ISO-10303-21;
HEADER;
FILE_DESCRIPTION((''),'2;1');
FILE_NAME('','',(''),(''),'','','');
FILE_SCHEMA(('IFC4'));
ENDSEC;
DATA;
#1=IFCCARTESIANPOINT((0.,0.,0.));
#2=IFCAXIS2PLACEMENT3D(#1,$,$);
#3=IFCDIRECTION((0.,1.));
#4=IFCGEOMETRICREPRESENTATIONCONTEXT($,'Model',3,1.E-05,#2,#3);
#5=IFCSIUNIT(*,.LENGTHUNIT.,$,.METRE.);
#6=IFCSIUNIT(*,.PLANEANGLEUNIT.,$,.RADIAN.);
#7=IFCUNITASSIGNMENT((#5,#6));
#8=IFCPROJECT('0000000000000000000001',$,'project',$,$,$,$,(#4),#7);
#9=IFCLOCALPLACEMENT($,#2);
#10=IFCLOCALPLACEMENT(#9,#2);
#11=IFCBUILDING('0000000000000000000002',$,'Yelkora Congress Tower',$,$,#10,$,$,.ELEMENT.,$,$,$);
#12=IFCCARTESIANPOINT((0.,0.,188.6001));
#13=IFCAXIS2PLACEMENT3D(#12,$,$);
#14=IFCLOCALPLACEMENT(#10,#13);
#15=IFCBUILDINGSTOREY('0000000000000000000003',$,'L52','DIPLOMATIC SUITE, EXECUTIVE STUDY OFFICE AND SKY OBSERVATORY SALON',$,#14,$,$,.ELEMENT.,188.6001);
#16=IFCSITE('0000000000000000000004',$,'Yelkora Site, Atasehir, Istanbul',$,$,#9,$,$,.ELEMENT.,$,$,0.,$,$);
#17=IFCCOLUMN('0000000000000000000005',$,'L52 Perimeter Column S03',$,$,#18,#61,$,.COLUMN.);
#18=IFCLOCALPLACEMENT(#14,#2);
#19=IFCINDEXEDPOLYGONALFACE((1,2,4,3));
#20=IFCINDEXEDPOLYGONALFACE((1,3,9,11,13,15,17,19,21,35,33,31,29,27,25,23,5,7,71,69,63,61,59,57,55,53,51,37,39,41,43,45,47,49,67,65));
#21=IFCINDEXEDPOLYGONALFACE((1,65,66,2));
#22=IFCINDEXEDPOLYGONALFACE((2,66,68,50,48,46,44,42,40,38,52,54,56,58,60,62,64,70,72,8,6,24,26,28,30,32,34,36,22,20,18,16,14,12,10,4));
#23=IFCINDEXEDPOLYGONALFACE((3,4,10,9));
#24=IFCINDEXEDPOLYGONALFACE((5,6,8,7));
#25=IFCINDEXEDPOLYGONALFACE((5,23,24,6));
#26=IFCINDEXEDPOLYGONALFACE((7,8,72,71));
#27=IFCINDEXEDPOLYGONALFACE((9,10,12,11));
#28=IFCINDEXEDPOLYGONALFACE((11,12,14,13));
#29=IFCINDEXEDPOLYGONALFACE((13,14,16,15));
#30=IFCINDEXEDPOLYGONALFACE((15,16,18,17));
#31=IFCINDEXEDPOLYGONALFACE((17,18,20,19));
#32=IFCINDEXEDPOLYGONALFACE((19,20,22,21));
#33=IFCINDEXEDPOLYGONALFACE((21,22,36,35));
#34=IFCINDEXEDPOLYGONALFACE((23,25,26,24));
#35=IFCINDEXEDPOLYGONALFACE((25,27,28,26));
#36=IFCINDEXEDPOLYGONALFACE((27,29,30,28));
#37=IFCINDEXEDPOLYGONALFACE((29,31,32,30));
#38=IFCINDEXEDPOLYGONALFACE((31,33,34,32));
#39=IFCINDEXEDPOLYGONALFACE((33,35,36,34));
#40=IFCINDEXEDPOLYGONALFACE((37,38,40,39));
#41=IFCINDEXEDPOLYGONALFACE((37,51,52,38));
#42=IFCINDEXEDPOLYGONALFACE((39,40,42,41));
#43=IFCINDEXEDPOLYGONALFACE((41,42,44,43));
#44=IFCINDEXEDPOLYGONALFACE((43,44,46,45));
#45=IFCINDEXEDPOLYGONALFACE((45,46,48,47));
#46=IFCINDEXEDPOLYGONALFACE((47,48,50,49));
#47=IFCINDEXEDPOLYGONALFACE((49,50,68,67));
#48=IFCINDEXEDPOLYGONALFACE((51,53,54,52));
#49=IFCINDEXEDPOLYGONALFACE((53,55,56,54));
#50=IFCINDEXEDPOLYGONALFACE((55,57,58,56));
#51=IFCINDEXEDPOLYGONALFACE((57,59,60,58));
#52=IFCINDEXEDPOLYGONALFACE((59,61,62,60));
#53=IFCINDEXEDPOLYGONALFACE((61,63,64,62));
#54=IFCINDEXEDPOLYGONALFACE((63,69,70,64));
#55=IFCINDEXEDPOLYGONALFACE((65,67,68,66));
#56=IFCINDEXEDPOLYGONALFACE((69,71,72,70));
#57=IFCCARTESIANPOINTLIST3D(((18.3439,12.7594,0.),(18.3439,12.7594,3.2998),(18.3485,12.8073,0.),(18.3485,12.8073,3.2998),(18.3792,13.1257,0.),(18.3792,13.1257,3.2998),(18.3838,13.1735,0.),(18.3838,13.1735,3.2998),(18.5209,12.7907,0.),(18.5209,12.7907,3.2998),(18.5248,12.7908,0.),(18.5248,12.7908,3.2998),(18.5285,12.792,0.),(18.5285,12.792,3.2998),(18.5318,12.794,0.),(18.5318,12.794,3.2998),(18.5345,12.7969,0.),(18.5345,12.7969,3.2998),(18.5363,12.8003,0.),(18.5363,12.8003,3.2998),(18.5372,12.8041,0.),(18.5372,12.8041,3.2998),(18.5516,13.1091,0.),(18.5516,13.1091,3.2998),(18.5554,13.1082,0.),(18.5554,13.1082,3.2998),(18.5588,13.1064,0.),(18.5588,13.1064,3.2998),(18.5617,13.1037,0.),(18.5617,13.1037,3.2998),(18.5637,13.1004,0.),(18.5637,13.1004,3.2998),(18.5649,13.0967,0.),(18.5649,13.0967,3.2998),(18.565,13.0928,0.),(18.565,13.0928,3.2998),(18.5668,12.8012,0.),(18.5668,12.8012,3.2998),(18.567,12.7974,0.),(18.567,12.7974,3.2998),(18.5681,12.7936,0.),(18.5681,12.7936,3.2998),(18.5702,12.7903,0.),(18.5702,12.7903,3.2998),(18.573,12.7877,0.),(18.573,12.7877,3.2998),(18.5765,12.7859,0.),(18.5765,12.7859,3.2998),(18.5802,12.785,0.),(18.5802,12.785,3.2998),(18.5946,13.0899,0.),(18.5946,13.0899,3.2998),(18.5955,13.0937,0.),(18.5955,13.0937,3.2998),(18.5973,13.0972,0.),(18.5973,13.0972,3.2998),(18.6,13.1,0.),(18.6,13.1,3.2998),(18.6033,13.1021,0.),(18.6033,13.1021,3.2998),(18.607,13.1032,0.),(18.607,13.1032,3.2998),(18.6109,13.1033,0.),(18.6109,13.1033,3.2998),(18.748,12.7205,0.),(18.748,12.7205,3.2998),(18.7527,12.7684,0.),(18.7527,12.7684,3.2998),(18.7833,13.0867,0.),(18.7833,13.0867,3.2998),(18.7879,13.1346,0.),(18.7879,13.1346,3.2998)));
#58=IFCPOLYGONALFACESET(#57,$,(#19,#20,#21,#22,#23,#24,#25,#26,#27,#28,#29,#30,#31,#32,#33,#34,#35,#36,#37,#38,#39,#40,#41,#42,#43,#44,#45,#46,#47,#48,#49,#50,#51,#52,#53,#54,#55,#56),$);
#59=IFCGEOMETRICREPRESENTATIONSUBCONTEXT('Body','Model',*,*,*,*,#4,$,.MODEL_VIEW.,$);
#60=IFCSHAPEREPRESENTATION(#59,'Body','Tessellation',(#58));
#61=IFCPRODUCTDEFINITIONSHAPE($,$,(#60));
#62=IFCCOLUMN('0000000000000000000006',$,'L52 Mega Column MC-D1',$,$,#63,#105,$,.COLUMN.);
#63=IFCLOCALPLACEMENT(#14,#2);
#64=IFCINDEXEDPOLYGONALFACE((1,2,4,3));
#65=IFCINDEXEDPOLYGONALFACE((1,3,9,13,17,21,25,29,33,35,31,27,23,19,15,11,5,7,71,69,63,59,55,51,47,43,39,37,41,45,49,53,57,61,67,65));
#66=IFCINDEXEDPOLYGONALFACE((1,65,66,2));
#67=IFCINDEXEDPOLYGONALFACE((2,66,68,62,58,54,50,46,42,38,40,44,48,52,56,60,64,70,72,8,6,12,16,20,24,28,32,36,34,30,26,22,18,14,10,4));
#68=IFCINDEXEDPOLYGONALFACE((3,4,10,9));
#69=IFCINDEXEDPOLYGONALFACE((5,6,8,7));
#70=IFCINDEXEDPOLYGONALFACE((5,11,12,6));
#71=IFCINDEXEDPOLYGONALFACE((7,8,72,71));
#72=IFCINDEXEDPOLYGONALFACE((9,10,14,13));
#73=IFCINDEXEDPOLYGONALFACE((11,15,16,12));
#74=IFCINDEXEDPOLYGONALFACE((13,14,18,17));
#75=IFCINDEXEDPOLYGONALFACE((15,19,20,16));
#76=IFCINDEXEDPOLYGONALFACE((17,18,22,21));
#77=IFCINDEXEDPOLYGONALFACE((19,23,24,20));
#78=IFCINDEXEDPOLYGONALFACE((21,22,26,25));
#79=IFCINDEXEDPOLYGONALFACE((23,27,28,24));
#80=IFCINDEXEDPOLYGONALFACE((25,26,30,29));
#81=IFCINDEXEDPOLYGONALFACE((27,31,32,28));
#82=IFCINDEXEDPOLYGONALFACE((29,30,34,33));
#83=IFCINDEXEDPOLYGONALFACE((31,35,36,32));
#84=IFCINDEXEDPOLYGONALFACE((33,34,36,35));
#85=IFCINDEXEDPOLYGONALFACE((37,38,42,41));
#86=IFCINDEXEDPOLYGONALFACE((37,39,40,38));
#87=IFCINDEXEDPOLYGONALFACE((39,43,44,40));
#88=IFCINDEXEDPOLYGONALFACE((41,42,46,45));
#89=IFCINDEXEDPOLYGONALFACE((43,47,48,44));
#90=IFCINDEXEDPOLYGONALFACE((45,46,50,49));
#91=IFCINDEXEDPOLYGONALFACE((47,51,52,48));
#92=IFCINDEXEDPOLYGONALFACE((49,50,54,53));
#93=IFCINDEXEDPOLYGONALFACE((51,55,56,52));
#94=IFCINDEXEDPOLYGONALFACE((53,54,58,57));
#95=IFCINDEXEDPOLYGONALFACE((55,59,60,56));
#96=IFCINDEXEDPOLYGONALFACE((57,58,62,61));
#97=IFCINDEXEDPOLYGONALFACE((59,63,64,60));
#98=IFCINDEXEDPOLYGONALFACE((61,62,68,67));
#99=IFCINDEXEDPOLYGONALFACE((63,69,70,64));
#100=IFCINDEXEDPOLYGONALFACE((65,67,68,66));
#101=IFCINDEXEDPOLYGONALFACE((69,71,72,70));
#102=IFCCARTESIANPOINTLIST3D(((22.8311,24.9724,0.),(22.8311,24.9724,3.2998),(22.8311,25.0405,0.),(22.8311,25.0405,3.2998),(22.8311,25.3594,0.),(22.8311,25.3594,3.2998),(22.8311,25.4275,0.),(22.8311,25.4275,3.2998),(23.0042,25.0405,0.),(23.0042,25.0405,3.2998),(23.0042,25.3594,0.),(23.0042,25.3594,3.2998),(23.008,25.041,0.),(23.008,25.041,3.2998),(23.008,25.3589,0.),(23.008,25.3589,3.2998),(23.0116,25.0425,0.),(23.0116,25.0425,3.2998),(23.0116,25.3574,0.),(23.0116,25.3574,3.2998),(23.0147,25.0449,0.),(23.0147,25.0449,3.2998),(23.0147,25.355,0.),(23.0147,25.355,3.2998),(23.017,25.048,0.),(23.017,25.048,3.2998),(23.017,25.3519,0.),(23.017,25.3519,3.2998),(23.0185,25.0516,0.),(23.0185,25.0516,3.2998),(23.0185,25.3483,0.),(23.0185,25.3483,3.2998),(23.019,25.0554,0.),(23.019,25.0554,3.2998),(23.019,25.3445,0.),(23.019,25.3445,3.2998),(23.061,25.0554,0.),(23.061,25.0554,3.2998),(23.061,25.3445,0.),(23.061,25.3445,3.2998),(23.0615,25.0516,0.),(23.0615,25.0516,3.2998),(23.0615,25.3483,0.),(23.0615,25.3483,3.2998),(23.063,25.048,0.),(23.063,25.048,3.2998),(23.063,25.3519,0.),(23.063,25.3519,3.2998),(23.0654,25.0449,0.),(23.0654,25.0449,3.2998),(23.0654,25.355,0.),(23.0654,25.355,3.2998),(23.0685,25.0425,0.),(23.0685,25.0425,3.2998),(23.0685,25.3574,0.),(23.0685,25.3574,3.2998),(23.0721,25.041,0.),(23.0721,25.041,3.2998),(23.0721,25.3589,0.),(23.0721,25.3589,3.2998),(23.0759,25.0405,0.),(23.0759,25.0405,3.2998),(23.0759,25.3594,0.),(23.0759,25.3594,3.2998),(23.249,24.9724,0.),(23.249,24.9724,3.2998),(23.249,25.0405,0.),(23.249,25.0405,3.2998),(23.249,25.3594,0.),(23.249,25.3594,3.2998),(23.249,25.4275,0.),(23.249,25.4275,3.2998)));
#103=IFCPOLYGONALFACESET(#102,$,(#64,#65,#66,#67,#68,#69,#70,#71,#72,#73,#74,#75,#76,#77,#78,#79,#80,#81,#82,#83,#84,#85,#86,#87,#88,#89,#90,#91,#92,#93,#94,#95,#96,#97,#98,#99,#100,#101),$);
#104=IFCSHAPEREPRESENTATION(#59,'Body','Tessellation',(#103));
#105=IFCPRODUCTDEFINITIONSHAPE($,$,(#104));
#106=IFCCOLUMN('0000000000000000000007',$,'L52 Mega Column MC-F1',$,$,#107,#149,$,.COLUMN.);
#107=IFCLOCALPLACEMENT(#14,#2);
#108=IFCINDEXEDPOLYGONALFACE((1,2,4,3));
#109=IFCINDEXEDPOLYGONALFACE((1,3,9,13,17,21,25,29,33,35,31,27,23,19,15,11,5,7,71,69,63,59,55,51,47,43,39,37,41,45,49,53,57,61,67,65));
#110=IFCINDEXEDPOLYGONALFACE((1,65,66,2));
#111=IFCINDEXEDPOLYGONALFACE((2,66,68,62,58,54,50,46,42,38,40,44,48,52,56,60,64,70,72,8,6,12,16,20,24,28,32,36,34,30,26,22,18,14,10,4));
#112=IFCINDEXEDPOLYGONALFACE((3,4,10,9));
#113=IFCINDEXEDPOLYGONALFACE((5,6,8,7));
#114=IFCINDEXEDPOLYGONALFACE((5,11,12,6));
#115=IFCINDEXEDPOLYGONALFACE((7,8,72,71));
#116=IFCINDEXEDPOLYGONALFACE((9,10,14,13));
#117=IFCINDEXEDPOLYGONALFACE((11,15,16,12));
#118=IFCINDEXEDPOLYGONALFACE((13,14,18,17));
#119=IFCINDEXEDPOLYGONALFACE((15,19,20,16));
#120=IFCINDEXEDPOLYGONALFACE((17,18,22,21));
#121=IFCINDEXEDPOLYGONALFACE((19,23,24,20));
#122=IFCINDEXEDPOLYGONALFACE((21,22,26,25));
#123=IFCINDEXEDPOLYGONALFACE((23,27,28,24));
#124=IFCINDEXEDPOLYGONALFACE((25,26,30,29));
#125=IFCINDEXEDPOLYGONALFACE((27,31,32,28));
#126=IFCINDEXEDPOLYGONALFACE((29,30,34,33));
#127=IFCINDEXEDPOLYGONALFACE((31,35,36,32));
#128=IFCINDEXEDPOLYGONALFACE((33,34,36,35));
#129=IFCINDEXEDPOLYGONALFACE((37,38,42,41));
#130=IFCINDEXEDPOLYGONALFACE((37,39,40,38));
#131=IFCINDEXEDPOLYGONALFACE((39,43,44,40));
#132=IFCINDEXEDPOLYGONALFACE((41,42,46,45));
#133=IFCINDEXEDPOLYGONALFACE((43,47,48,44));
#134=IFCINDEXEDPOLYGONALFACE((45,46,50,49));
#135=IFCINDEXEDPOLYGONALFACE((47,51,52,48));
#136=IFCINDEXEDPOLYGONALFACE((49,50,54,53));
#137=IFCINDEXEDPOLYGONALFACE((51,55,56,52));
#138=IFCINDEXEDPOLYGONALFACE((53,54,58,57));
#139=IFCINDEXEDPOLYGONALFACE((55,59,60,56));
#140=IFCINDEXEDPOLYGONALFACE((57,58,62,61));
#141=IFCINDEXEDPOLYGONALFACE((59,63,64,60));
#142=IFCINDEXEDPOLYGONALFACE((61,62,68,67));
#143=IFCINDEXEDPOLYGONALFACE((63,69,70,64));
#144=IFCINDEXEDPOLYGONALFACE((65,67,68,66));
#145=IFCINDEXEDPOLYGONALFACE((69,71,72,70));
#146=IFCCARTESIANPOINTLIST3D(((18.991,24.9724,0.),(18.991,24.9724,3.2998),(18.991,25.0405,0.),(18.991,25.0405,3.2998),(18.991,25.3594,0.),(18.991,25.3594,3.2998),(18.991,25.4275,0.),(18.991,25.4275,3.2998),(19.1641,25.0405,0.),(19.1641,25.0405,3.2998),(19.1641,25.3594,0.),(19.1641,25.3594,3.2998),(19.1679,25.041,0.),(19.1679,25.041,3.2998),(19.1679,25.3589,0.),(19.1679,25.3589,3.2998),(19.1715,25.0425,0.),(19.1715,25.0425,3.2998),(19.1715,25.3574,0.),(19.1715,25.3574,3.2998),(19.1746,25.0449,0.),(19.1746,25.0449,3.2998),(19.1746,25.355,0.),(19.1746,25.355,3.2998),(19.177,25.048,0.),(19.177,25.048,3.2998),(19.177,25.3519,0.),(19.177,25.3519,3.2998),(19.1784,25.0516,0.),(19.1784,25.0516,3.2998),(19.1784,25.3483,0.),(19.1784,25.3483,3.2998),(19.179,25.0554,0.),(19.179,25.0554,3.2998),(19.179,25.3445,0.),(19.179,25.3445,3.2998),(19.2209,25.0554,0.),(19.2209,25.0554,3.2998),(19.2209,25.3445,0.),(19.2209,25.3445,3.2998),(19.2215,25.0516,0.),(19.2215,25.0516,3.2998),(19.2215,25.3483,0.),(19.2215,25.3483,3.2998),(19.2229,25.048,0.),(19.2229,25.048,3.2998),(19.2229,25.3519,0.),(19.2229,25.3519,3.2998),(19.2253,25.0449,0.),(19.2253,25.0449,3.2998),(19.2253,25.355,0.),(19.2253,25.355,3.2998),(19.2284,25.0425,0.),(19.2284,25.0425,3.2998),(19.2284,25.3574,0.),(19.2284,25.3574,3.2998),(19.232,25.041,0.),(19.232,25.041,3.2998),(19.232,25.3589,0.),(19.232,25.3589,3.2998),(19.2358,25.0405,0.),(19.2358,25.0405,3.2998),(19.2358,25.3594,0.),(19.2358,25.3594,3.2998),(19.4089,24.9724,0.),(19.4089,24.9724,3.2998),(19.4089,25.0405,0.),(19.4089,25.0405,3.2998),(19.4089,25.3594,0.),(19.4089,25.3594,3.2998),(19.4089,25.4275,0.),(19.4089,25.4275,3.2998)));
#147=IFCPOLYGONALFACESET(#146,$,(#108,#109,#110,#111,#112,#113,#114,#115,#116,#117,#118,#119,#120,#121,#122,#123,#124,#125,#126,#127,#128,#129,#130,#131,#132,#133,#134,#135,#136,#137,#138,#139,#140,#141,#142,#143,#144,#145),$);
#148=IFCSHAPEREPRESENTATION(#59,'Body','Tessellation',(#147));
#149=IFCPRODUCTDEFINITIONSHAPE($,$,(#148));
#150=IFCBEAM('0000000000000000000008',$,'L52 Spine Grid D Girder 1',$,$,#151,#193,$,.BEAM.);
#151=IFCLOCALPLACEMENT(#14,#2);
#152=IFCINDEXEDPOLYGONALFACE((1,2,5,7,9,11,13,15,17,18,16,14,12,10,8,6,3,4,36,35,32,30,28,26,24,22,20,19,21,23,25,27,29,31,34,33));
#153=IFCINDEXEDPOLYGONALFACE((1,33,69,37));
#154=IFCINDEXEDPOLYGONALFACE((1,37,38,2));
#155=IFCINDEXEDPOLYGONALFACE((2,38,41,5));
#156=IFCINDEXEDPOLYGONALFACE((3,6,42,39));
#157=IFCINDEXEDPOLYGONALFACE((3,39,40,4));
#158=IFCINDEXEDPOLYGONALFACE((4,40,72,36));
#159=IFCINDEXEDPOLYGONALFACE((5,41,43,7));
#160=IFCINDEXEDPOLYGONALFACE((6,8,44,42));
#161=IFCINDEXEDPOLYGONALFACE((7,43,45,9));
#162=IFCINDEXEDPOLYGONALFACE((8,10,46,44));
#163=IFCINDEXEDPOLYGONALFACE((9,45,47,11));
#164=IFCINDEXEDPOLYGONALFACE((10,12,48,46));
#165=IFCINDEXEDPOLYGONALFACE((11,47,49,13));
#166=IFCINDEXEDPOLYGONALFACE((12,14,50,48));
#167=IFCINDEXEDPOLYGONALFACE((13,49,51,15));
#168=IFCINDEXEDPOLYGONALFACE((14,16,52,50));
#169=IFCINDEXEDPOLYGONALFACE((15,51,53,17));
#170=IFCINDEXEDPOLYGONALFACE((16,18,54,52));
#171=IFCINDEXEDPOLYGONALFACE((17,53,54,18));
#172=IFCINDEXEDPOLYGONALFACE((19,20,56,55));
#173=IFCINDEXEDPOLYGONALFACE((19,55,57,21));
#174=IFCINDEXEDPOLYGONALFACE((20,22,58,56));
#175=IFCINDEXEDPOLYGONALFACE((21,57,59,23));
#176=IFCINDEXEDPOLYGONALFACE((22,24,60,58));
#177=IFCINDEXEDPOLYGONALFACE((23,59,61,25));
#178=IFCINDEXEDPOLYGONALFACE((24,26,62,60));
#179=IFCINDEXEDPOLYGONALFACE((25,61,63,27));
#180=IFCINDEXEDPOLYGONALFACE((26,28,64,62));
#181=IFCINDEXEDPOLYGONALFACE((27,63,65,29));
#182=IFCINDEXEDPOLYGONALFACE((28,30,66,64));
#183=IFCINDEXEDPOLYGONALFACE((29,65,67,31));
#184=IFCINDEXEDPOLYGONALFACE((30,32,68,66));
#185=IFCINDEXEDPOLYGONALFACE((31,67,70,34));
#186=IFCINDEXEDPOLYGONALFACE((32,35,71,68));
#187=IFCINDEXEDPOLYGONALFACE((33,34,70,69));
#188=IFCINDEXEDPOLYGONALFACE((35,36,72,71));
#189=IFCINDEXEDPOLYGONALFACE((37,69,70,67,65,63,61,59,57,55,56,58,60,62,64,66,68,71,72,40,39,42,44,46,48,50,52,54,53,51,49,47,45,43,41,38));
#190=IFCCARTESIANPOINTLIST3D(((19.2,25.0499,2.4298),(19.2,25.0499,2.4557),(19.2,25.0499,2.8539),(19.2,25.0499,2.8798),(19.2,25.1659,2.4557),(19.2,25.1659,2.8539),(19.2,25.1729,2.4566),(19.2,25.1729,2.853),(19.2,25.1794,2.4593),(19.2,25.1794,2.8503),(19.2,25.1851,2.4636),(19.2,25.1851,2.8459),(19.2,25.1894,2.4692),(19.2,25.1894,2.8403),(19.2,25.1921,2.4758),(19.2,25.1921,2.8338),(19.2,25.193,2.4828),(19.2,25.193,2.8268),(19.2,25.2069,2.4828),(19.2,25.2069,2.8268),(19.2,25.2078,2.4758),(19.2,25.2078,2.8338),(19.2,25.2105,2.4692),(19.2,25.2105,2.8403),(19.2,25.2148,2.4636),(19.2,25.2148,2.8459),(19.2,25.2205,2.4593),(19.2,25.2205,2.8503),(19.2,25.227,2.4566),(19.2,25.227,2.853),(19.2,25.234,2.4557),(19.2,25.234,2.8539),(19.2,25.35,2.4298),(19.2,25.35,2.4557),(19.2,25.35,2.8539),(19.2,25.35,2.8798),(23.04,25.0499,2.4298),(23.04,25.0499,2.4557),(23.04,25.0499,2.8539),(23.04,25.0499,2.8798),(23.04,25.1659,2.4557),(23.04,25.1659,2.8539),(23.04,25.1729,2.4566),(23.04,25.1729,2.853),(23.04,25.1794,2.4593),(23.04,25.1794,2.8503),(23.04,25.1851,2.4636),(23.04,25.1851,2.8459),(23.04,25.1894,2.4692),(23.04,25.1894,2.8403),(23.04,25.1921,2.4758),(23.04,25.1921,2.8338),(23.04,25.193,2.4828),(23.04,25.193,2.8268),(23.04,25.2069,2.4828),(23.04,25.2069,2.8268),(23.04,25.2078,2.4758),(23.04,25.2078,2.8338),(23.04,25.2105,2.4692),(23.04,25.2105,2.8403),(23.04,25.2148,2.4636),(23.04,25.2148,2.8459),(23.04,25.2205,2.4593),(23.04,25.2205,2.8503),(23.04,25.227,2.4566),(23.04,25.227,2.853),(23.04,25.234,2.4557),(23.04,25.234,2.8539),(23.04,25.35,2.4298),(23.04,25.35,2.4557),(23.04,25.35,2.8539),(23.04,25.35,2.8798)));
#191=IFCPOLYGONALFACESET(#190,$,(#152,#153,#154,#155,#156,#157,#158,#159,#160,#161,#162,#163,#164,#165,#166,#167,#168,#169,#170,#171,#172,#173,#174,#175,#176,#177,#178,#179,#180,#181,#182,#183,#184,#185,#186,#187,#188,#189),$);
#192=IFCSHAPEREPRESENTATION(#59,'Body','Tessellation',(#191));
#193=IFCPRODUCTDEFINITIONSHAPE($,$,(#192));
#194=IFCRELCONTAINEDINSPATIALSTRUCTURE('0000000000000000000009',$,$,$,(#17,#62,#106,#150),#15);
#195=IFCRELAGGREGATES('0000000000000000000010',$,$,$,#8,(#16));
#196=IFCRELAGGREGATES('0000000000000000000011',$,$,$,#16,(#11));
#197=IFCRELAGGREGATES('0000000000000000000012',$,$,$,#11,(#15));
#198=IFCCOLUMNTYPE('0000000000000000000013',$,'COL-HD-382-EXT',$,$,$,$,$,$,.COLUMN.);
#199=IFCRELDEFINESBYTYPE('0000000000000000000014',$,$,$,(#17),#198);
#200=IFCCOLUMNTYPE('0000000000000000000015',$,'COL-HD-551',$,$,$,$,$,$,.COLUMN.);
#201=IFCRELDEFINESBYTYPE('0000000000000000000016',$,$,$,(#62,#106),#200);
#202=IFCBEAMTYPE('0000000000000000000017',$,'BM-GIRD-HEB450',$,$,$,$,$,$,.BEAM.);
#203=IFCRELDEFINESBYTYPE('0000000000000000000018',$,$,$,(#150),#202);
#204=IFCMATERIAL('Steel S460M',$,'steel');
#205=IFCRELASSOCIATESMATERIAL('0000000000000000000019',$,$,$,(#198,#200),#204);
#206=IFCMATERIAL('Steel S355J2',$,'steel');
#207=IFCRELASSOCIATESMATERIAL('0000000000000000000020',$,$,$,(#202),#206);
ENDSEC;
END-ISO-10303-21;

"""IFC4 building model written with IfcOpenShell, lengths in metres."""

from ifc_helpers import new_model, si_unit, direction, frame, origin, origin_2d, place, context, subcontext, project, spatial, i_section, extrude, material, material_profile, profile_set, type_object, element, save


model = new_model("IFC4")

# Units and contexts
model_context = context("Model", 3, precision=1e-05, world=origin(), true_north=direction((0.0, 1.0)))
body_context = subcontext(model_context, "Body", "Model", "MODEL_VIEW")
ifc_project = project(units=[si_unit("LENGTHUNIT", "METRE"), si_unit("PLANEANGLEUNIT", "RADIAN")], contexts=[model_context])

# Site, building, storey
site_placement = place(None, origin())
site = spatial("IfcSite", under=ifc_project, at=site_placement, Name="Yelkora Site, Atasehir, Istanbul", CompositionType="ELEMENT", RefElevation=0.0)
building_placement = place(site_placement, origin())
building = spatial("IfcBuilding", under=site, at=building_placement, Name="Yelkora Congress Tower", CompositionType="ELEMENT")
storey_placement = place(building_placement, frame((0.0, 0.0, 188.6001)))
storey = spatial("IfcBuildingStorey", under=building, at=storey_placement, Name="L52", Description="DIPLOMATIC SUITE, EXECUTIVE STUDY OFFICE AND SKY OBSERVATORY SALON", CompositionType="ELEMENT", Elevation=188.6001)

# Columns
ifc_material_1 = material(Name="Steel S460M", Category="steel")
ifc_material_profile_1 = material_profile(ifc_material_1, i_section(OverallWidth=0.406, OverallDepth=0.416, WebThickness=0.0298, FlangeThickness=0.0481, FilletRadius=0.0149, at=origin_2d()), Name="HD 400x382")
ifc_profile_set_1 = profile_set([ifc_material_profile_1], Name="Steel S460M")
column_type_1 = type_object("IfcColumnType", Name="COL-HD-382-EXT", PredefinedType="COLUMN", material=ifc_profile_set_1)
column_placement = place(storey_placement, frame((18.5659, 12.947, 0.0), z_axis=(0.0, 0.0, 1.0), x_axis=(0.995396, -0.095846, 0.0)))
element("IfcColumn", 1, at=column_placement, inside=storey, type_object=column_type_1, Name="L52 Perimeter Column S03", PredefinedType="COLUMN", context=body_context, shape_type="SweptSolid", body=[
    extrude(i_section(OverallWidth=0.406, OverallDepth=0.416, WebThickness=0.0298, FlangeThickness=0.0481, FilletRadius=0.0149, at=origin_2d()), origin(), (0.0, 0.0, 1.0), 3.2998),
])
ifc_material_profile_2 = material_profile(ifc_material_1, i_section(OverallWidth=0.418, OverallDepth=0.4551, WebThickness=0.042, FlangeThickness=0.0681, FilletRadius=0.0149, at=origin_2d()), Name="HD 400x551")
ifc_profile_set_2 = profile_set([ifc_material_profile_2], Name="Steel S460M")
column_type_2 = type_object("IfcColumnType", Name="COL-HD-551", PredefinedType="COLUMN", material=ifc_profile_set_2)
for number, where, z_axis, x_axis, name in (
    (2, (23.04, 25.2, 0.0), (0.0, 0.0, 1.0), (1.0, 0.0, 0.0), "L52 Mega Column MC-D1"),
    (3, (19.2, 25.2, 0.0), (0.0, 0.0, 1.0), (1.0, 0.0, 0.0), "L52 Mega Column MC-F1"),
):
    element("IfcColumn", number, at=place(storey_placement, frame(where, z_axis=z_axis, x_axis=x_axis)), inside=storey, type_object=column_type_2, Name=name, PredefinedType="COLUMN", context=body_context, shape_type="SweptSolid", body=[
        extrude(i_section(OverallWidth=0.418, OverallDepth=0.4551, WebThickness=0.042, FlangeThickness=0.0681, FilletRadius=0.0149, at=origin_2d()), origin(), (0.0, 0.0, 1.0), 3.2998),
    ])

# Beam
ifc_material_2 = material(Name="Steel S355J2", Category="steel")
ifc_material_profile_3 = material_profile(ifc_material_2, i_section(OverallWidth=0.3, OverallDepth=0.45, WebThickness=0.0139, FlangeThickness=0.0259, FilletRadius=0.0271, at=origin_2d()), Name="HEB 450")
ifc_profile_set_3 = profile_set([ifc_material_profile_3], Name="Steel S355J2")
beam_type_1 = type_object("IfcBeamType", Name="BM-GIRD-HEB450", PredefinedType="BEAM", material=ifc_profile_set_3)
beam_1_placement = place(storey_placement, frame((19.2, 25.2, 2.6548), z_axis=(1.0, 0.0, 0.0), x_axis=(0.0, 1.0, 0.0)))
element("IfcBeam", 4, at=beam_1_placement, inside=storey, type_object=beam_type_1, Name="L52 Spine Grid D Girder 1", PredefinedType="BEAM", context=body_context, shape_type="SweptSolid", body=[
    extrude(i_section(OverallWidth=0.3, OverallDepth=0.45, WebThickness=0.0139, FlangeThickness=0.0259, FilletRadius=0.0271, at=origin_2d()), origin(), (0.0, 0.0, 1.0), 3.8401),
])

save(model, "model.ifc")
